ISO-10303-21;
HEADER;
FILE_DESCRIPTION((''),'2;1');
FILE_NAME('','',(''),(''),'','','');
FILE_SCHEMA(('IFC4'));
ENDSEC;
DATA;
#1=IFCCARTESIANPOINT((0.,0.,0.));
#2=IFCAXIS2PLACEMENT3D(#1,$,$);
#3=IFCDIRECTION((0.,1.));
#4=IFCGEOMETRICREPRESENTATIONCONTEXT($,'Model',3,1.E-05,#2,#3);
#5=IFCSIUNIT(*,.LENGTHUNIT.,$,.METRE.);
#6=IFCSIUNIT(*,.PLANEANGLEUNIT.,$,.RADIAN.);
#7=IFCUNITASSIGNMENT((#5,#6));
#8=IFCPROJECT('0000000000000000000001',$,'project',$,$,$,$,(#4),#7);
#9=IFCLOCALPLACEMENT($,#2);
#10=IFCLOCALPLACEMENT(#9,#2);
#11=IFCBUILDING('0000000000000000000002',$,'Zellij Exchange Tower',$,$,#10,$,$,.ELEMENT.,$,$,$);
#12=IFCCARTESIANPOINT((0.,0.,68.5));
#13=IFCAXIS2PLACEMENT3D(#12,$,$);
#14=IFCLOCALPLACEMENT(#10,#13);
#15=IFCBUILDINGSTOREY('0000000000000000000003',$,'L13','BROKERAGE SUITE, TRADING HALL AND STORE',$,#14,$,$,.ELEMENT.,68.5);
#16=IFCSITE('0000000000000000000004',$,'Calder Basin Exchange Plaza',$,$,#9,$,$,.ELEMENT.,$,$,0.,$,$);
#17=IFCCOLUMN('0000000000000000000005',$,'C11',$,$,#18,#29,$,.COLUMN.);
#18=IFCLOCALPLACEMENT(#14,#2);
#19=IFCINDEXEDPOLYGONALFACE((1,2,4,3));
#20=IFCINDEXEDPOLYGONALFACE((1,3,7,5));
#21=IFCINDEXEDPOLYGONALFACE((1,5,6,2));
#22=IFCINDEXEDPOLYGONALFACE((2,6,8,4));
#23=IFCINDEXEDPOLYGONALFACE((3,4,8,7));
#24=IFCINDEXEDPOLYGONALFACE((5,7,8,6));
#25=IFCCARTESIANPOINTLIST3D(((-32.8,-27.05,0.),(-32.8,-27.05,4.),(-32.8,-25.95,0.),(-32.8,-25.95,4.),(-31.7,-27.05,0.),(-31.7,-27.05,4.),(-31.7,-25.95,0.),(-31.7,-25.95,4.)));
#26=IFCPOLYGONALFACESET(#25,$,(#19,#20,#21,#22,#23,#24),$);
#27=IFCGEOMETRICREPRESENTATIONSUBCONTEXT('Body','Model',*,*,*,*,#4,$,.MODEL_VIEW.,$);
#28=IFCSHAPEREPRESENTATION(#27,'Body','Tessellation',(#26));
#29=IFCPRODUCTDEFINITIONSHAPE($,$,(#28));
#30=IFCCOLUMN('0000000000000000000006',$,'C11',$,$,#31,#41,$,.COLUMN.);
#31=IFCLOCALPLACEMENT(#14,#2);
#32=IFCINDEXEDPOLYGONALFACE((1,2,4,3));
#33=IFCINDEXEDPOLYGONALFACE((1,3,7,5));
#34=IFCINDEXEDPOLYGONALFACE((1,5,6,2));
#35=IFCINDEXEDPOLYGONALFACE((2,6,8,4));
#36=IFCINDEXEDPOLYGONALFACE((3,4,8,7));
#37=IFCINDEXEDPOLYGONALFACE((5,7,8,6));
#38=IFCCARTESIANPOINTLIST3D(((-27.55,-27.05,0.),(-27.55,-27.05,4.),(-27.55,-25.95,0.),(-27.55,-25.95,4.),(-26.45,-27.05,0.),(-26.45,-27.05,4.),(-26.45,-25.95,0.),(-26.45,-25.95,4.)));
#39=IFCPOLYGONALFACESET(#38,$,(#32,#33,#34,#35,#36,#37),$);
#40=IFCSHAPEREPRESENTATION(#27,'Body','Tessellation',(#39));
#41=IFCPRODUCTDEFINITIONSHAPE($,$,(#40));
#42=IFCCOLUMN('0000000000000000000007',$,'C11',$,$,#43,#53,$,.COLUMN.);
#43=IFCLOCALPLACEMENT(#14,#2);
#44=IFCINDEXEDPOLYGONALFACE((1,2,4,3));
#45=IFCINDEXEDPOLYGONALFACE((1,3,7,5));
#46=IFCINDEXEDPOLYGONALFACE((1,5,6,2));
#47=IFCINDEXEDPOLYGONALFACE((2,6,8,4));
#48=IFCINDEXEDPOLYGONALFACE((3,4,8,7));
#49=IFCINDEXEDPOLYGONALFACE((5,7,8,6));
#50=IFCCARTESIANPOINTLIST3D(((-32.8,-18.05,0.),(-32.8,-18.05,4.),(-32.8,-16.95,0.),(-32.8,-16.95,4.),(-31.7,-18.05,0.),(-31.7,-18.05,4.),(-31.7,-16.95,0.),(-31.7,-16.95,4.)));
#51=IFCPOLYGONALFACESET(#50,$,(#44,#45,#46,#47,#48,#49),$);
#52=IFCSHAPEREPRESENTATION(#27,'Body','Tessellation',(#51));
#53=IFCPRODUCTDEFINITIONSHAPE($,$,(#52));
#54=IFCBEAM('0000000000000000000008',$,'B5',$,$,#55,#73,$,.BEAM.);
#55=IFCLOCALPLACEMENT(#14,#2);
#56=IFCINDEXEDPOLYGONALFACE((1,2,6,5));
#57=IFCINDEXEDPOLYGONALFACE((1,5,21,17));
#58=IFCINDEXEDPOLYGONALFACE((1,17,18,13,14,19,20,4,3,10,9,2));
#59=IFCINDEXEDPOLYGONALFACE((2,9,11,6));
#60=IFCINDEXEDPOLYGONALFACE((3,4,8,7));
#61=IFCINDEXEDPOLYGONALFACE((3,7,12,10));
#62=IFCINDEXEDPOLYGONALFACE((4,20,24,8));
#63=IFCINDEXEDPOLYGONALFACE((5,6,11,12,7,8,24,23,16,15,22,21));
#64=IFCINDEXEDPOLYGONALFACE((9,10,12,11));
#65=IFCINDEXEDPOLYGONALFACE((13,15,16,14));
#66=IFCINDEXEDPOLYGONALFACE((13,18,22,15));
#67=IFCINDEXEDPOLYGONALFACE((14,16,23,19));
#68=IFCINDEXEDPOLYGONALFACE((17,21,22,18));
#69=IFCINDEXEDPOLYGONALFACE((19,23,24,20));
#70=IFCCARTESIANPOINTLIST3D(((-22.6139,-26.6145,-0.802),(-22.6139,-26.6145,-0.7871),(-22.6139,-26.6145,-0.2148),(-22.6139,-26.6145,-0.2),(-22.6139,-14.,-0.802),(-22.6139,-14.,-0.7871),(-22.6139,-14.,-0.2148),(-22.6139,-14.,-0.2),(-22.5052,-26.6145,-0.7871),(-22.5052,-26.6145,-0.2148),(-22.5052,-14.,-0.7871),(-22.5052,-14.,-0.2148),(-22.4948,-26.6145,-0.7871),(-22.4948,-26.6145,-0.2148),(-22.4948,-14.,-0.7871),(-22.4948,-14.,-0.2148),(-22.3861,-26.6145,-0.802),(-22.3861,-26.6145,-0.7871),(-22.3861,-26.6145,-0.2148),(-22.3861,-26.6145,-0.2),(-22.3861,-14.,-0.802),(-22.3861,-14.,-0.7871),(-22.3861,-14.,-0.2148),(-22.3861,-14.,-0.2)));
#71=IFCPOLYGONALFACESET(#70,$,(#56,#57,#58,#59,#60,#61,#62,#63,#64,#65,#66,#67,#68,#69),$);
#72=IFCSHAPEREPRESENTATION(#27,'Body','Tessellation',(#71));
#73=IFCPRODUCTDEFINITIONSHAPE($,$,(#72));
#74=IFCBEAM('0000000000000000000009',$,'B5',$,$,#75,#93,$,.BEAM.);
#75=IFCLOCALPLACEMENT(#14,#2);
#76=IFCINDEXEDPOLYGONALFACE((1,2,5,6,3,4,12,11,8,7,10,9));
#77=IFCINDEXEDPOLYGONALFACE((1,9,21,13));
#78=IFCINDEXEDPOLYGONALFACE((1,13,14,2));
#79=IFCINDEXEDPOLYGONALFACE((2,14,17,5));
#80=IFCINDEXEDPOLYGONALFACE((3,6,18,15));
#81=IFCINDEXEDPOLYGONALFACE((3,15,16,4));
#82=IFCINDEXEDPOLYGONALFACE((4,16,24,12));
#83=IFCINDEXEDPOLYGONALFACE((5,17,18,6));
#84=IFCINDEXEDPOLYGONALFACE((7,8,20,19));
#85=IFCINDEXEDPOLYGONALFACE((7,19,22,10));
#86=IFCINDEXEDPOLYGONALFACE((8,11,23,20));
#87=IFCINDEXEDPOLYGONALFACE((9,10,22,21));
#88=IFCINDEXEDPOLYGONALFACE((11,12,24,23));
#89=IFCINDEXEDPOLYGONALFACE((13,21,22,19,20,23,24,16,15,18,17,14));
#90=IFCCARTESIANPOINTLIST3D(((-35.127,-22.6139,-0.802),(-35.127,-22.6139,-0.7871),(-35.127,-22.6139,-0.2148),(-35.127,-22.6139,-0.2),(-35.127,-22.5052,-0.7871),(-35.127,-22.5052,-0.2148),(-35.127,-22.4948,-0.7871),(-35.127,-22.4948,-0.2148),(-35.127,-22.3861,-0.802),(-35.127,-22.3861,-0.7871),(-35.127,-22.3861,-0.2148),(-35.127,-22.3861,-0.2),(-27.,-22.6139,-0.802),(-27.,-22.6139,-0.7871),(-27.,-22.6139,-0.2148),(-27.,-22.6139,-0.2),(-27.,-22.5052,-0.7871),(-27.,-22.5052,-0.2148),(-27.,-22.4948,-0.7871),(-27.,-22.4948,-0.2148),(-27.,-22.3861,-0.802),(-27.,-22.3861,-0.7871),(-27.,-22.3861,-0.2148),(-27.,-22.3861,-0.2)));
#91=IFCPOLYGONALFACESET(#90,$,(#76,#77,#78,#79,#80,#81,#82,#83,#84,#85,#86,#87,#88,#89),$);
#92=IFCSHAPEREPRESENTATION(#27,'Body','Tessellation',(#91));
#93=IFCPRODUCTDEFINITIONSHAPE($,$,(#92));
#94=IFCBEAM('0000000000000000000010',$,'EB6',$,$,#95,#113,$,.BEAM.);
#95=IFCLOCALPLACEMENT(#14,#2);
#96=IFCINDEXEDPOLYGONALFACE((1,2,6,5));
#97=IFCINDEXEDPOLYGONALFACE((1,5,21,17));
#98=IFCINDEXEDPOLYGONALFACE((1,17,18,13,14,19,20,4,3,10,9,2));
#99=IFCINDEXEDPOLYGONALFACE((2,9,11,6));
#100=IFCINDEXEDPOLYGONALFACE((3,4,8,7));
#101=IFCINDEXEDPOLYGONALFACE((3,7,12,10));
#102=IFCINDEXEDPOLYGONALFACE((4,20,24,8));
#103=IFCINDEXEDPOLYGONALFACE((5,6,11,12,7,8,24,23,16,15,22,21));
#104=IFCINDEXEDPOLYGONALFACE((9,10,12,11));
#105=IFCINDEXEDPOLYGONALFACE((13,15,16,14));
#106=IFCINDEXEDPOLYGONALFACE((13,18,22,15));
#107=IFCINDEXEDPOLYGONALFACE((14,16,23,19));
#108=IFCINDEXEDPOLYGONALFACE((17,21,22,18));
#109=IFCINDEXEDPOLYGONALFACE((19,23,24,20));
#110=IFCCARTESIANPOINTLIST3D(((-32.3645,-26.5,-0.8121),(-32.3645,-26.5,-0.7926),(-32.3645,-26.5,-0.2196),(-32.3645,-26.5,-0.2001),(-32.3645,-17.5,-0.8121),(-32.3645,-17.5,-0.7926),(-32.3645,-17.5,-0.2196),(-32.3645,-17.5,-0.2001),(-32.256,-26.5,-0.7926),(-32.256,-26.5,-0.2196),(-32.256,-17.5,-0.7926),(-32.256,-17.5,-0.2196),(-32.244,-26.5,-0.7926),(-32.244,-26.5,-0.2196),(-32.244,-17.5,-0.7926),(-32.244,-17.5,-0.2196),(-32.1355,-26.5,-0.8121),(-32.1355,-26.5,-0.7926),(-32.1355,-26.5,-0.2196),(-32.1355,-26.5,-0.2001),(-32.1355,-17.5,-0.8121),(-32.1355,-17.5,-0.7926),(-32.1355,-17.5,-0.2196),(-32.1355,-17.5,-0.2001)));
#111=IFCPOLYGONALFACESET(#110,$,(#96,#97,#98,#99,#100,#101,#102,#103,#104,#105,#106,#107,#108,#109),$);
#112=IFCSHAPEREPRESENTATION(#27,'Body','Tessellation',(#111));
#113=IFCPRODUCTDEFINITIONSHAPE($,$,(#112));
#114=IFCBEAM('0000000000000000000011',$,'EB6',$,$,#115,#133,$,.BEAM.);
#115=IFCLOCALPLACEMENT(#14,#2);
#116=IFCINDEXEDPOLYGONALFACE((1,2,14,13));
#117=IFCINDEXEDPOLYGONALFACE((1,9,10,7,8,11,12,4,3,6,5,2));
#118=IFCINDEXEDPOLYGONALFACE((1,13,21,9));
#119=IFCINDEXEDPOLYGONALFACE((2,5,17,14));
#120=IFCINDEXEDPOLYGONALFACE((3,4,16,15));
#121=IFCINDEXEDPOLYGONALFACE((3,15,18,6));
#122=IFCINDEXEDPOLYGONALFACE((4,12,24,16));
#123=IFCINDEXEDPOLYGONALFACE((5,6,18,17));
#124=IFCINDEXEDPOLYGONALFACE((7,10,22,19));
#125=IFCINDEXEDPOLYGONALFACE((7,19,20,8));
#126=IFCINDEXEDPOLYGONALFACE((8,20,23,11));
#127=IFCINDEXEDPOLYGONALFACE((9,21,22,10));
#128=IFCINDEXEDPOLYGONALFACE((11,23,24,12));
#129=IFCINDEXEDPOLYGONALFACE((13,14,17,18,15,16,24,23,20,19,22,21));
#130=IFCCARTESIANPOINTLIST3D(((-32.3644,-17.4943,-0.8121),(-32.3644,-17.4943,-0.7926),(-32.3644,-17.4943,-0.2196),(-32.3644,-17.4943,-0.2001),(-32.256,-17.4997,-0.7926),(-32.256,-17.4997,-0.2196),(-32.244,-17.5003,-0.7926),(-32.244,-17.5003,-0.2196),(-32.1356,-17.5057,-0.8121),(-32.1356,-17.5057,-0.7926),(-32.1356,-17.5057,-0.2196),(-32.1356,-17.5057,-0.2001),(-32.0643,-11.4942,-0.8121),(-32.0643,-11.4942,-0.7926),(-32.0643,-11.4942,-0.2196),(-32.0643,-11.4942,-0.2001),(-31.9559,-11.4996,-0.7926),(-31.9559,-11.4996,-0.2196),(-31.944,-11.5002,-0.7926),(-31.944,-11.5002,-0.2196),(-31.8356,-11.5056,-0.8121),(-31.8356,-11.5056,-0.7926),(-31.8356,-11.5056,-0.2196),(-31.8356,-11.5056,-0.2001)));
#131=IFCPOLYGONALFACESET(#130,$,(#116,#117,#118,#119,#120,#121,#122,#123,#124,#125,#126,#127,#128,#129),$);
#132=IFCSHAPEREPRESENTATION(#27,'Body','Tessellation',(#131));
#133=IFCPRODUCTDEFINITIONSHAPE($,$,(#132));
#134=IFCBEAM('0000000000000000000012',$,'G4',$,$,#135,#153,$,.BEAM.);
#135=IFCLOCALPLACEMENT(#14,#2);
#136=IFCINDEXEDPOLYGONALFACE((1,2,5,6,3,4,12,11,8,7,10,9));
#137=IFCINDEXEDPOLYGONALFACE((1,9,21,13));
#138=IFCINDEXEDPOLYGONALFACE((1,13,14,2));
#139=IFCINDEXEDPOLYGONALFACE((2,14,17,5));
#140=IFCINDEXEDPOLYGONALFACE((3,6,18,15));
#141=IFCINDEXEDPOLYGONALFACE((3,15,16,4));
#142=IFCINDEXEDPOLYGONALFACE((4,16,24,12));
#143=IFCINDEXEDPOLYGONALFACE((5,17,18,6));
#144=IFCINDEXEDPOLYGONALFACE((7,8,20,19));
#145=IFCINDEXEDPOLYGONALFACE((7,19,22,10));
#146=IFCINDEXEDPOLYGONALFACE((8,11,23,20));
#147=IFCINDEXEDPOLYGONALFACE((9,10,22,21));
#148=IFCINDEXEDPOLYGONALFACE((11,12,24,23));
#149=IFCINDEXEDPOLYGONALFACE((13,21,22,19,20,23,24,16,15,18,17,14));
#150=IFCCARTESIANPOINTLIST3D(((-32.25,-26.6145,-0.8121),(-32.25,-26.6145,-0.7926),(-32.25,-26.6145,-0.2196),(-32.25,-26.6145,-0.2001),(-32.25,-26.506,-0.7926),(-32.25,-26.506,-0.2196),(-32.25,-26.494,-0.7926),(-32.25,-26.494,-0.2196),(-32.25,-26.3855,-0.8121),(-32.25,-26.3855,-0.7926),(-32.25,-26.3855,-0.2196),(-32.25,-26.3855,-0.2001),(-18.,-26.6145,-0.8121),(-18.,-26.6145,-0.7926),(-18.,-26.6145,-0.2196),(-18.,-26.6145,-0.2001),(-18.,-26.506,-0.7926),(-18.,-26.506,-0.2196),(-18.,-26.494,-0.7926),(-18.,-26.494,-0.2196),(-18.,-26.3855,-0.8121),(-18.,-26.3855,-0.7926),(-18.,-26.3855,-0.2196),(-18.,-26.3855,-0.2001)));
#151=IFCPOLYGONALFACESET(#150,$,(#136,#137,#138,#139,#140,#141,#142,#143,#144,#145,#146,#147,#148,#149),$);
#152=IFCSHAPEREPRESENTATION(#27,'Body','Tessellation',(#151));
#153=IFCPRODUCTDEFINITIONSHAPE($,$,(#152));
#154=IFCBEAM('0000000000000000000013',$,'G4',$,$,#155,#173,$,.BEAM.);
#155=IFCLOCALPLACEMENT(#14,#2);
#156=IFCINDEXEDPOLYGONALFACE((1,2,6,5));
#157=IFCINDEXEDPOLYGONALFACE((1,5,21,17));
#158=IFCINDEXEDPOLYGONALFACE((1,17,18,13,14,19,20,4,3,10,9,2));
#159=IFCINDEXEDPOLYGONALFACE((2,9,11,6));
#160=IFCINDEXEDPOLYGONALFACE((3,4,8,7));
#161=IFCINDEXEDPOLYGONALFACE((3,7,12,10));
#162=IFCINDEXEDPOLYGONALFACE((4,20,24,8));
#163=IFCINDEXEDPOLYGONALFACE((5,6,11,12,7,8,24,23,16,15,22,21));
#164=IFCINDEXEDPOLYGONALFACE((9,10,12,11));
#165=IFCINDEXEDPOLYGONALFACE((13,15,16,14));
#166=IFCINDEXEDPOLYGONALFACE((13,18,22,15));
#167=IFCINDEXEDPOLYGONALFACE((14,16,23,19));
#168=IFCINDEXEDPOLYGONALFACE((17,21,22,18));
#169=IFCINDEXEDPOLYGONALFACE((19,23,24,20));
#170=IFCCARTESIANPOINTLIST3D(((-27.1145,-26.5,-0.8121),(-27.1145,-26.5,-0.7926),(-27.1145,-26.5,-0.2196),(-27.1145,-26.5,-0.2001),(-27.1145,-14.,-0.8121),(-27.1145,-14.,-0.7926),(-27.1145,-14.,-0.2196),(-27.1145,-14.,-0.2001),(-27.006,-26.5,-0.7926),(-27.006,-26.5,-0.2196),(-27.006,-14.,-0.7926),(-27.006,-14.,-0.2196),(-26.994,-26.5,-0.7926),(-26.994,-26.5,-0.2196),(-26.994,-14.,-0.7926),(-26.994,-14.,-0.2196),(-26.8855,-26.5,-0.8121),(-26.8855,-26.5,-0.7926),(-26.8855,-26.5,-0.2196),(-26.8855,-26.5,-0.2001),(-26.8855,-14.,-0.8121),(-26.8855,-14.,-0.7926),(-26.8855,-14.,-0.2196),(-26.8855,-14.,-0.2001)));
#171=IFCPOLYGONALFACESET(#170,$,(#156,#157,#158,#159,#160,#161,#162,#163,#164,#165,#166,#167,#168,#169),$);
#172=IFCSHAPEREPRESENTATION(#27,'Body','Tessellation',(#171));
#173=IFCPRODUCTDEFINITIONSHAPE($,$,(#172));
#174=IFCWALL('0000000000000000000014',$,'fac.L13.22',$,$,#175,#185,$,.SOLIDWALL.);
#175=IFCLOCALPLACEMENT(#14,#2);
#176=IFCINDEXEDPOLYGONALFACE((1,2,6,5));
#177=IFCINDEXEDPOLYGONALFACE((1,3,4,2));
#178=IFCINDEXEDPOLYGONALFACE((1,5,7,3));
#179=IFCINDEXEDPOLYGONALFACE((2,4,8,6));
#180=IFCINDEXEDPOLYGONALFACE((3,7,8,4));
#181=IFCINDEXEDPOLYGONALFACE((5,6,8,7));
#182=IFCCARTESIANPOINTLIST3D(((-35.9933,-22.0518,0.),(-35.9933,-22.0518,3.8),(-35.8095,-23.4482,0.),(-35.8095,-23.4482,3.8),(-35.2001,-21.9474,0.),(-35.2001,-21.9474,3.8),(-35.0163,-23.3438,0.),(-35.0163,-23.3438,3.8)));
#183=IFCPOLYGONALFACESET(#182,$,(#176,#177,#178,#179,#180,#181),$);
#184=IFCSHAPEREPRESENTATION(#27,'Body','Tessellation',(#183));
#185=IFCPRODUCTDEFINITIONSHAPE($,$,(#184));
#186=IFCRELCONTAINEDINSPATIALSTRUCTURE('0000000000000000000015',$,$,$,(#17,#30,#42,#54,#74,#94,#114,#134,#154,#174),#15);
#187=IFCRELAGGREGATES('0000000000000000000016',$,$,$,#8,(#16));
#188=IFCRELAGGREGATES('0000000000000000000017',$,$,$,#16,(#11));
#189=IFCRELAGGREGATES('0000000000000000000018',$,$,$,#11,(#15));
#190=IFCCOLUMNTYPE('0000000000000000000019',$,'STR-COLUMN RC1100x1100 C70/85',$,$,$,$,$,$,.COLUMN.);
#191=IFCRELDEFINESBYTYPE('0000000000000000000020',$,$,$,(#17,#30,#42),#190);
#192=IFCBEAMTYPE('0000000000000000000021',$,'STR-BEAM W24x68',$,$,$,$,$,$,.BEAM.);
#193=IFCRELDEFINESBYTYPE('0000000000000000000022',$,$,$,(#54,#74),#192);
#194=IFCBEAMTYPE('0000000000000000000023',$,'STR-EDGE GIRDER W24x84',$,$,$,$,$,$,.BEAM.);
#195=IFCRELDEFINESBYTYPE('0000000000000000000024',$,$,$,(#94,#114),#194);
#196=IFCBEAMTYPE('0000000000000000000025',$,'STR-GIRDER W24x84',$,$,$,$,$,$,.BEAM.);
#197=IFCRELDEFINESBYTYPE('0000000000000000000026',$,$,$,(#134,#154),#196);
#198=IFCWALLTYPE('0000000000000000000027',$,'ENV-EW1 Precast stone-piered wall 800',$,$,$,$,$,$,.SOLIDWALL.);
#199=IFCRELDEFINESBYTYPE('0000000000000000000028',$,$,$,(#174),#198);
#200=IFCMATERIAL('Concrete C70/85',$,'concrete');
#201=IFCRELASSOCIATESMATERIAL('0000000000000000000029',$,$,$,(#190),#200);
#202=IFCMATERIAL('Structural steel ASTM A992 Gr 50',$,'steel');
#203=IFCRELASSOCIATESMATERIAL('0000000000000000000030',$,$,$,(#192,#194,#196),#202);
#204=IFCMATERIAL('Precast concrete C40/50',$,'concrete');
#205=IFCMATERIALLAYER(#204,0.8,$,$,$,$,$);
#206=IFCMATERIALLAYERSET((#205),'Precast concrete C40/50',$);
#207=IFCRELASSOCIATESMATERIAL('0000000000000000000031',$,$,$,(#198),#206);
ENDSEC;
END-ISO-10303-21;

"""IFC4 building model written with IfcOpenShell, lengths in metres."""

from ifc_helpers import new_model, si_unit, direction, frame, frame_2d, origin, origin_2d, place, context, subcontext, project, spatial, rectangle, i_section, extrude, material, layer, layer_set, material_profile, profile_set, type_object, element, save


model = new_model("IFC4")

# Units and contexts
model_context = context("Model", 3, precision=1e-05, world=origin(), true_north=direction((0.0, 1.0)))
body_context = subcontext(model_context, "Body", "Model", "MODEL_VIEW")
ifc_project = project(units=[si_unit("LENGTHUNIT", "METRE"), si_unit("PLANEANGLEUNIT", "RADIAN")], contexts=[model_context])

# Site, building, storey
site_placement = place(None, origin())
site = spatial("IfcSite", under=ifc_project, at=site_placement, Name="Calder Basin Exchange Plaza", CompositionType="ELEMENT", RefElevation=0.0)
building_placement = place(site_placement, origin())
building = spatial("IfcBuilding", under=site, at=building_placement, Name="Zellij Exchange Tower", CompositionType="ELEMENT")
storey_placement = place(building_placement, frame((0.0, 0.0, 68.5)))
storey = spatial("IfcBuildingStorey", under=building, at=storey_placement, Name="L13", Description="BROKERAGE SUITE, TRADING HALL AND STORE", CompositionType="ELEMENT", Elevation=68.5)

# Columns
ifc_material_1 = material(Name="Concrete C70/85", Category="concrete")
ifc_material_profile_1 = material_profile(ifc_material_1, rectangle(XDim=1.1001, YDim=1.1001, at=origin_2d()), Name="STR-COLUMN RC1100x1100 C70/85")
ifc_profile_set_1 = profile_set([ifc_material_profile_1], Name="Concrete C70/85")
column_type = type_object("IfcColumnType", Name="STR-COLUMN RC1100x1100 C70/85", PredefinedType="COLUMN", material=ifc_profile_set_1)
for number, where, z_axis, x_axis, name in (
    (1, (-32.25, -26.5, 0.0), (0.0, 0.0, 1.0), (1.0, 0.0, 0.0), "C11"),
    (2, (-27.0, -26.5, 0.0), (0.0, 0.0, 1.0), (1.0, 0.0, 0.0), "C11"),
    (3, (-32.25, -17.5, 0.0), (0.0, 0.0, 1.0), (1.0, 0.0, 0.0), "C11"),
):
    element("IfcColumn", number, at=place(storey_placement, frame(where, z_axis=z_axis, x_axis=x_axis)), inside=storey, type_object=column_type, Name=name, PredefinedType="COLUMN", context=body_context, shape_type="SweptSolid", body=[
        extrude(rectangle(XDim=1.1001, YDim=1.1001, at=origin_2d()), origin(), (0.0, 0.0, 1.0), 4.0),
    ])

# Beams
ifc_material_2 = material(Name="Structural steel ASTM A992 Gr 50", Category="steel")
ifc_material_profile_2 = material_profile(ifc_material_2, i_section(OverallWidth=0.2278, OverallDepth=0.6021, WebThickness=0.0105, FlangeThickness=0.0149, at=origin_2d()), Name="W24x68")
ifc_profile_set_2 = profile_set([ifc_material_profile_2], Name="Structural steel ASTM A992 Gr 50")
beam_type_1 = type_object("IfcBeamType", Name="STR-BEAM W24x68", PredefinedType="BEAM", material=ifc_profile_set_2)
beam_1_placement = place(storey_placement, frame((-22.5, -26.6145, -0.501), z_axis=(0.0, 1.0, 0.0), x_axis=(-1.0, 0.0, 0.0)))
element("IfcBeam", 4, at=beam_1_placement, inside=storey, type_object=beam_type_1, Name="B5", PredefinedType="BEAM", context=body_context, shape_type="SweptSolid", body=[
    extrude(i_section(OverallWidth=0.2278, OverallDepth=0.6021, WebThickness=0.0105, FlangeThickness=0.0149, at=origin_2d()), origin(), (0.0, 0.0, 1.0), 12.6145),
])
beam_2_placement = place(storey_placement, frame((-35.127, -22.5, -0.501), z_axis=(1.0, 0.0, 0.0), x_axis=(0.0, 1.0, 0.0)))
element("IfcBeam", 5, at=beam_2_placement, inside=storey, type_object=beam_type_1, Name="B5", PredefinedType="BEAM", context=body_context, shape_type="SweptSolid", body=[
    extrude(i_section(OverallWidth=0.2278, OverallDepth=0.6021, WebThickness=0.0105, FlangeThickness=0.0149, at=origin_2d()), origin(), (0.0, 0.0, 1.0), 8.127),
])
ifc_material_profile_3 = material_profile(ifc_material_2, i_section(OverallWidth=0.229, OverallDepth=0.6121, WebThickness=0.012, FlangeThickness=0.0195, at=origin_2d()), Name="W24x84")
ifc_profile_set_3 = profile_set([ifc_material_profile_3], Name="Structural steel ASTM A992 Gr 50")
beam_type_2 = type_object("IfcBeamType", Name="STR-EDGE GIRDER W24x84", PredefinedType="BEAM", material=ifc_profile_set_3)
beam_3_placement = place(storey_placement, frame((-32.25, -26.5, -0.5061), z_axis=(0.0, 1.0, 0.0), x_axis=(-1.0, 0.0, 0.0)))
element("IfcBeam", 6, at=beam_3_placement, inside=storey, type_object=beam_type_2, Name="EB6", PredefinedType="BEAM", context=body_context, shape_type="SweptSolid", body=[
    extrude(i_section(OverallWidth=0.229, OverallDepth=0.6121, WebThickness=0.012, FlangeThickness=0.0195, at=origin_2d()), origin(), (0.0, 0.0, 1.0), 9.0),
])
beam_4_placement = place(storey_placement, frame((-32.25, -17.5, -0.5061), z_axis=(0.049946, 0.998752, 0.0), x_axis=(-0.998752, 0.049946, 0.0)))
element("IfcBeam", 7, at=beam_4_placement, inside=storey, type_object=beam_type_2, Name="EB6", PredefinedType="BEAM", context=body_context, shape_type="SweptSolid", body=[
    extrude(i_section(OverallWidth=0.229, OverallDepth=0.6121, WebThickness=0.012, FlangeThickness=0.0195, at=origin_2d()), origin(), (0.0, 0.0, 1.0), 6.0076),
])
ifc_material_profile_4 = material_profile(ifc_material_2, i_section(OverallWidth=0.229, OverallDepth=0.6121, WebThickness=0.012, FlangeThickness=0.0195, at=origin_2d()), Name="W24x84")
ifc_profile_set_4 = profile_set([ifc_material_profile_4], Name="Structural steel ASTM A992 Gr 50")
beam_type_3 = type_object("IfcBeamType", Name="STR-GIRDER W24x84", PredefinedType="BEAM", material=ifc_profile_set_4)
beam_5_placement = place(storey_placement, frame((-32.25, -26.5, -0.5061), z_axis=(1.0, 0.0, 0.0), x_axis=(0.0, 1.0, 0.0)))
element("IfcBeam", 8, at=beam_5_placement, inside=storey, type_object=beam_type_3, Name="G4", PredefinedType="BEAM", context=body_context, shape_type="SweptSolid", body=[
    extrude(i_section(OverallWidth=0.229, OverallDepth=0.6121, WebThickness=0.012, FlangeThickness=0.0195, at=origin_2d()), origin(), (0.0, 0.0, 1.0), 14.25),
])
beam_6_placement = place(storey_placement, frame((-27.0, -26.5, -0.5061), z_axis=(0.0, 1.0, 0.0), x_axis=(-1.0, 0.0, 0.0)))
element("IfcBeam", 9, at=beam_6_placement, inside=storey, type_object=beam_type_3, Name="G4", PredefinedType="BEAM", context=body_context, shape_type="SweptSolid", body=[
    extrude(i_section(OverallWidth=0.229, OverallDepth=0.6121, WebThickness=0.012, FlangeThickness=0.0195, at=origin_2d()), origin(), (0.0, 0.0, 1.0), 12.5),
])

# Wall
ifc_material_3 = material(Name="Precast concrete C40/50", Category="concrete")
ifc_layer_1 = layer(ifc_material_3, 0.8)
ifc_layer_set_1 = layer_set([ifc_layer_1], Name="Precast concrete C40/50")
wall_type = type_object("IfcWallType", Name="ENV-EW1 Precast stone-piered wall 800", PredefinedType="SOLIDWALL", material=ifc_layer_set_1)
wall_1_placement = place(storey_placement, frame((-35.5967, -21.9998, 0.0), z_axis=(0.0, 0.0, 1.0), x_axis=(0.130517, -0.991446, 0.0)))
element("IfcWall", 10, at=wall_1_placement, inside=storey, type_object=wall_type, Name="fac.L13.22", PredefinedType="SOLIDWALL", context=body_context, shape_type="SweptSolid", body=[
    extrude(rectangle(XDim=1.4084, YDim=0.8, at=frame_2d((0.7041, 0.0))), origin(), (0.0, 0.0, 1.0), 3.8),
])

save(model, "model.ifc")
